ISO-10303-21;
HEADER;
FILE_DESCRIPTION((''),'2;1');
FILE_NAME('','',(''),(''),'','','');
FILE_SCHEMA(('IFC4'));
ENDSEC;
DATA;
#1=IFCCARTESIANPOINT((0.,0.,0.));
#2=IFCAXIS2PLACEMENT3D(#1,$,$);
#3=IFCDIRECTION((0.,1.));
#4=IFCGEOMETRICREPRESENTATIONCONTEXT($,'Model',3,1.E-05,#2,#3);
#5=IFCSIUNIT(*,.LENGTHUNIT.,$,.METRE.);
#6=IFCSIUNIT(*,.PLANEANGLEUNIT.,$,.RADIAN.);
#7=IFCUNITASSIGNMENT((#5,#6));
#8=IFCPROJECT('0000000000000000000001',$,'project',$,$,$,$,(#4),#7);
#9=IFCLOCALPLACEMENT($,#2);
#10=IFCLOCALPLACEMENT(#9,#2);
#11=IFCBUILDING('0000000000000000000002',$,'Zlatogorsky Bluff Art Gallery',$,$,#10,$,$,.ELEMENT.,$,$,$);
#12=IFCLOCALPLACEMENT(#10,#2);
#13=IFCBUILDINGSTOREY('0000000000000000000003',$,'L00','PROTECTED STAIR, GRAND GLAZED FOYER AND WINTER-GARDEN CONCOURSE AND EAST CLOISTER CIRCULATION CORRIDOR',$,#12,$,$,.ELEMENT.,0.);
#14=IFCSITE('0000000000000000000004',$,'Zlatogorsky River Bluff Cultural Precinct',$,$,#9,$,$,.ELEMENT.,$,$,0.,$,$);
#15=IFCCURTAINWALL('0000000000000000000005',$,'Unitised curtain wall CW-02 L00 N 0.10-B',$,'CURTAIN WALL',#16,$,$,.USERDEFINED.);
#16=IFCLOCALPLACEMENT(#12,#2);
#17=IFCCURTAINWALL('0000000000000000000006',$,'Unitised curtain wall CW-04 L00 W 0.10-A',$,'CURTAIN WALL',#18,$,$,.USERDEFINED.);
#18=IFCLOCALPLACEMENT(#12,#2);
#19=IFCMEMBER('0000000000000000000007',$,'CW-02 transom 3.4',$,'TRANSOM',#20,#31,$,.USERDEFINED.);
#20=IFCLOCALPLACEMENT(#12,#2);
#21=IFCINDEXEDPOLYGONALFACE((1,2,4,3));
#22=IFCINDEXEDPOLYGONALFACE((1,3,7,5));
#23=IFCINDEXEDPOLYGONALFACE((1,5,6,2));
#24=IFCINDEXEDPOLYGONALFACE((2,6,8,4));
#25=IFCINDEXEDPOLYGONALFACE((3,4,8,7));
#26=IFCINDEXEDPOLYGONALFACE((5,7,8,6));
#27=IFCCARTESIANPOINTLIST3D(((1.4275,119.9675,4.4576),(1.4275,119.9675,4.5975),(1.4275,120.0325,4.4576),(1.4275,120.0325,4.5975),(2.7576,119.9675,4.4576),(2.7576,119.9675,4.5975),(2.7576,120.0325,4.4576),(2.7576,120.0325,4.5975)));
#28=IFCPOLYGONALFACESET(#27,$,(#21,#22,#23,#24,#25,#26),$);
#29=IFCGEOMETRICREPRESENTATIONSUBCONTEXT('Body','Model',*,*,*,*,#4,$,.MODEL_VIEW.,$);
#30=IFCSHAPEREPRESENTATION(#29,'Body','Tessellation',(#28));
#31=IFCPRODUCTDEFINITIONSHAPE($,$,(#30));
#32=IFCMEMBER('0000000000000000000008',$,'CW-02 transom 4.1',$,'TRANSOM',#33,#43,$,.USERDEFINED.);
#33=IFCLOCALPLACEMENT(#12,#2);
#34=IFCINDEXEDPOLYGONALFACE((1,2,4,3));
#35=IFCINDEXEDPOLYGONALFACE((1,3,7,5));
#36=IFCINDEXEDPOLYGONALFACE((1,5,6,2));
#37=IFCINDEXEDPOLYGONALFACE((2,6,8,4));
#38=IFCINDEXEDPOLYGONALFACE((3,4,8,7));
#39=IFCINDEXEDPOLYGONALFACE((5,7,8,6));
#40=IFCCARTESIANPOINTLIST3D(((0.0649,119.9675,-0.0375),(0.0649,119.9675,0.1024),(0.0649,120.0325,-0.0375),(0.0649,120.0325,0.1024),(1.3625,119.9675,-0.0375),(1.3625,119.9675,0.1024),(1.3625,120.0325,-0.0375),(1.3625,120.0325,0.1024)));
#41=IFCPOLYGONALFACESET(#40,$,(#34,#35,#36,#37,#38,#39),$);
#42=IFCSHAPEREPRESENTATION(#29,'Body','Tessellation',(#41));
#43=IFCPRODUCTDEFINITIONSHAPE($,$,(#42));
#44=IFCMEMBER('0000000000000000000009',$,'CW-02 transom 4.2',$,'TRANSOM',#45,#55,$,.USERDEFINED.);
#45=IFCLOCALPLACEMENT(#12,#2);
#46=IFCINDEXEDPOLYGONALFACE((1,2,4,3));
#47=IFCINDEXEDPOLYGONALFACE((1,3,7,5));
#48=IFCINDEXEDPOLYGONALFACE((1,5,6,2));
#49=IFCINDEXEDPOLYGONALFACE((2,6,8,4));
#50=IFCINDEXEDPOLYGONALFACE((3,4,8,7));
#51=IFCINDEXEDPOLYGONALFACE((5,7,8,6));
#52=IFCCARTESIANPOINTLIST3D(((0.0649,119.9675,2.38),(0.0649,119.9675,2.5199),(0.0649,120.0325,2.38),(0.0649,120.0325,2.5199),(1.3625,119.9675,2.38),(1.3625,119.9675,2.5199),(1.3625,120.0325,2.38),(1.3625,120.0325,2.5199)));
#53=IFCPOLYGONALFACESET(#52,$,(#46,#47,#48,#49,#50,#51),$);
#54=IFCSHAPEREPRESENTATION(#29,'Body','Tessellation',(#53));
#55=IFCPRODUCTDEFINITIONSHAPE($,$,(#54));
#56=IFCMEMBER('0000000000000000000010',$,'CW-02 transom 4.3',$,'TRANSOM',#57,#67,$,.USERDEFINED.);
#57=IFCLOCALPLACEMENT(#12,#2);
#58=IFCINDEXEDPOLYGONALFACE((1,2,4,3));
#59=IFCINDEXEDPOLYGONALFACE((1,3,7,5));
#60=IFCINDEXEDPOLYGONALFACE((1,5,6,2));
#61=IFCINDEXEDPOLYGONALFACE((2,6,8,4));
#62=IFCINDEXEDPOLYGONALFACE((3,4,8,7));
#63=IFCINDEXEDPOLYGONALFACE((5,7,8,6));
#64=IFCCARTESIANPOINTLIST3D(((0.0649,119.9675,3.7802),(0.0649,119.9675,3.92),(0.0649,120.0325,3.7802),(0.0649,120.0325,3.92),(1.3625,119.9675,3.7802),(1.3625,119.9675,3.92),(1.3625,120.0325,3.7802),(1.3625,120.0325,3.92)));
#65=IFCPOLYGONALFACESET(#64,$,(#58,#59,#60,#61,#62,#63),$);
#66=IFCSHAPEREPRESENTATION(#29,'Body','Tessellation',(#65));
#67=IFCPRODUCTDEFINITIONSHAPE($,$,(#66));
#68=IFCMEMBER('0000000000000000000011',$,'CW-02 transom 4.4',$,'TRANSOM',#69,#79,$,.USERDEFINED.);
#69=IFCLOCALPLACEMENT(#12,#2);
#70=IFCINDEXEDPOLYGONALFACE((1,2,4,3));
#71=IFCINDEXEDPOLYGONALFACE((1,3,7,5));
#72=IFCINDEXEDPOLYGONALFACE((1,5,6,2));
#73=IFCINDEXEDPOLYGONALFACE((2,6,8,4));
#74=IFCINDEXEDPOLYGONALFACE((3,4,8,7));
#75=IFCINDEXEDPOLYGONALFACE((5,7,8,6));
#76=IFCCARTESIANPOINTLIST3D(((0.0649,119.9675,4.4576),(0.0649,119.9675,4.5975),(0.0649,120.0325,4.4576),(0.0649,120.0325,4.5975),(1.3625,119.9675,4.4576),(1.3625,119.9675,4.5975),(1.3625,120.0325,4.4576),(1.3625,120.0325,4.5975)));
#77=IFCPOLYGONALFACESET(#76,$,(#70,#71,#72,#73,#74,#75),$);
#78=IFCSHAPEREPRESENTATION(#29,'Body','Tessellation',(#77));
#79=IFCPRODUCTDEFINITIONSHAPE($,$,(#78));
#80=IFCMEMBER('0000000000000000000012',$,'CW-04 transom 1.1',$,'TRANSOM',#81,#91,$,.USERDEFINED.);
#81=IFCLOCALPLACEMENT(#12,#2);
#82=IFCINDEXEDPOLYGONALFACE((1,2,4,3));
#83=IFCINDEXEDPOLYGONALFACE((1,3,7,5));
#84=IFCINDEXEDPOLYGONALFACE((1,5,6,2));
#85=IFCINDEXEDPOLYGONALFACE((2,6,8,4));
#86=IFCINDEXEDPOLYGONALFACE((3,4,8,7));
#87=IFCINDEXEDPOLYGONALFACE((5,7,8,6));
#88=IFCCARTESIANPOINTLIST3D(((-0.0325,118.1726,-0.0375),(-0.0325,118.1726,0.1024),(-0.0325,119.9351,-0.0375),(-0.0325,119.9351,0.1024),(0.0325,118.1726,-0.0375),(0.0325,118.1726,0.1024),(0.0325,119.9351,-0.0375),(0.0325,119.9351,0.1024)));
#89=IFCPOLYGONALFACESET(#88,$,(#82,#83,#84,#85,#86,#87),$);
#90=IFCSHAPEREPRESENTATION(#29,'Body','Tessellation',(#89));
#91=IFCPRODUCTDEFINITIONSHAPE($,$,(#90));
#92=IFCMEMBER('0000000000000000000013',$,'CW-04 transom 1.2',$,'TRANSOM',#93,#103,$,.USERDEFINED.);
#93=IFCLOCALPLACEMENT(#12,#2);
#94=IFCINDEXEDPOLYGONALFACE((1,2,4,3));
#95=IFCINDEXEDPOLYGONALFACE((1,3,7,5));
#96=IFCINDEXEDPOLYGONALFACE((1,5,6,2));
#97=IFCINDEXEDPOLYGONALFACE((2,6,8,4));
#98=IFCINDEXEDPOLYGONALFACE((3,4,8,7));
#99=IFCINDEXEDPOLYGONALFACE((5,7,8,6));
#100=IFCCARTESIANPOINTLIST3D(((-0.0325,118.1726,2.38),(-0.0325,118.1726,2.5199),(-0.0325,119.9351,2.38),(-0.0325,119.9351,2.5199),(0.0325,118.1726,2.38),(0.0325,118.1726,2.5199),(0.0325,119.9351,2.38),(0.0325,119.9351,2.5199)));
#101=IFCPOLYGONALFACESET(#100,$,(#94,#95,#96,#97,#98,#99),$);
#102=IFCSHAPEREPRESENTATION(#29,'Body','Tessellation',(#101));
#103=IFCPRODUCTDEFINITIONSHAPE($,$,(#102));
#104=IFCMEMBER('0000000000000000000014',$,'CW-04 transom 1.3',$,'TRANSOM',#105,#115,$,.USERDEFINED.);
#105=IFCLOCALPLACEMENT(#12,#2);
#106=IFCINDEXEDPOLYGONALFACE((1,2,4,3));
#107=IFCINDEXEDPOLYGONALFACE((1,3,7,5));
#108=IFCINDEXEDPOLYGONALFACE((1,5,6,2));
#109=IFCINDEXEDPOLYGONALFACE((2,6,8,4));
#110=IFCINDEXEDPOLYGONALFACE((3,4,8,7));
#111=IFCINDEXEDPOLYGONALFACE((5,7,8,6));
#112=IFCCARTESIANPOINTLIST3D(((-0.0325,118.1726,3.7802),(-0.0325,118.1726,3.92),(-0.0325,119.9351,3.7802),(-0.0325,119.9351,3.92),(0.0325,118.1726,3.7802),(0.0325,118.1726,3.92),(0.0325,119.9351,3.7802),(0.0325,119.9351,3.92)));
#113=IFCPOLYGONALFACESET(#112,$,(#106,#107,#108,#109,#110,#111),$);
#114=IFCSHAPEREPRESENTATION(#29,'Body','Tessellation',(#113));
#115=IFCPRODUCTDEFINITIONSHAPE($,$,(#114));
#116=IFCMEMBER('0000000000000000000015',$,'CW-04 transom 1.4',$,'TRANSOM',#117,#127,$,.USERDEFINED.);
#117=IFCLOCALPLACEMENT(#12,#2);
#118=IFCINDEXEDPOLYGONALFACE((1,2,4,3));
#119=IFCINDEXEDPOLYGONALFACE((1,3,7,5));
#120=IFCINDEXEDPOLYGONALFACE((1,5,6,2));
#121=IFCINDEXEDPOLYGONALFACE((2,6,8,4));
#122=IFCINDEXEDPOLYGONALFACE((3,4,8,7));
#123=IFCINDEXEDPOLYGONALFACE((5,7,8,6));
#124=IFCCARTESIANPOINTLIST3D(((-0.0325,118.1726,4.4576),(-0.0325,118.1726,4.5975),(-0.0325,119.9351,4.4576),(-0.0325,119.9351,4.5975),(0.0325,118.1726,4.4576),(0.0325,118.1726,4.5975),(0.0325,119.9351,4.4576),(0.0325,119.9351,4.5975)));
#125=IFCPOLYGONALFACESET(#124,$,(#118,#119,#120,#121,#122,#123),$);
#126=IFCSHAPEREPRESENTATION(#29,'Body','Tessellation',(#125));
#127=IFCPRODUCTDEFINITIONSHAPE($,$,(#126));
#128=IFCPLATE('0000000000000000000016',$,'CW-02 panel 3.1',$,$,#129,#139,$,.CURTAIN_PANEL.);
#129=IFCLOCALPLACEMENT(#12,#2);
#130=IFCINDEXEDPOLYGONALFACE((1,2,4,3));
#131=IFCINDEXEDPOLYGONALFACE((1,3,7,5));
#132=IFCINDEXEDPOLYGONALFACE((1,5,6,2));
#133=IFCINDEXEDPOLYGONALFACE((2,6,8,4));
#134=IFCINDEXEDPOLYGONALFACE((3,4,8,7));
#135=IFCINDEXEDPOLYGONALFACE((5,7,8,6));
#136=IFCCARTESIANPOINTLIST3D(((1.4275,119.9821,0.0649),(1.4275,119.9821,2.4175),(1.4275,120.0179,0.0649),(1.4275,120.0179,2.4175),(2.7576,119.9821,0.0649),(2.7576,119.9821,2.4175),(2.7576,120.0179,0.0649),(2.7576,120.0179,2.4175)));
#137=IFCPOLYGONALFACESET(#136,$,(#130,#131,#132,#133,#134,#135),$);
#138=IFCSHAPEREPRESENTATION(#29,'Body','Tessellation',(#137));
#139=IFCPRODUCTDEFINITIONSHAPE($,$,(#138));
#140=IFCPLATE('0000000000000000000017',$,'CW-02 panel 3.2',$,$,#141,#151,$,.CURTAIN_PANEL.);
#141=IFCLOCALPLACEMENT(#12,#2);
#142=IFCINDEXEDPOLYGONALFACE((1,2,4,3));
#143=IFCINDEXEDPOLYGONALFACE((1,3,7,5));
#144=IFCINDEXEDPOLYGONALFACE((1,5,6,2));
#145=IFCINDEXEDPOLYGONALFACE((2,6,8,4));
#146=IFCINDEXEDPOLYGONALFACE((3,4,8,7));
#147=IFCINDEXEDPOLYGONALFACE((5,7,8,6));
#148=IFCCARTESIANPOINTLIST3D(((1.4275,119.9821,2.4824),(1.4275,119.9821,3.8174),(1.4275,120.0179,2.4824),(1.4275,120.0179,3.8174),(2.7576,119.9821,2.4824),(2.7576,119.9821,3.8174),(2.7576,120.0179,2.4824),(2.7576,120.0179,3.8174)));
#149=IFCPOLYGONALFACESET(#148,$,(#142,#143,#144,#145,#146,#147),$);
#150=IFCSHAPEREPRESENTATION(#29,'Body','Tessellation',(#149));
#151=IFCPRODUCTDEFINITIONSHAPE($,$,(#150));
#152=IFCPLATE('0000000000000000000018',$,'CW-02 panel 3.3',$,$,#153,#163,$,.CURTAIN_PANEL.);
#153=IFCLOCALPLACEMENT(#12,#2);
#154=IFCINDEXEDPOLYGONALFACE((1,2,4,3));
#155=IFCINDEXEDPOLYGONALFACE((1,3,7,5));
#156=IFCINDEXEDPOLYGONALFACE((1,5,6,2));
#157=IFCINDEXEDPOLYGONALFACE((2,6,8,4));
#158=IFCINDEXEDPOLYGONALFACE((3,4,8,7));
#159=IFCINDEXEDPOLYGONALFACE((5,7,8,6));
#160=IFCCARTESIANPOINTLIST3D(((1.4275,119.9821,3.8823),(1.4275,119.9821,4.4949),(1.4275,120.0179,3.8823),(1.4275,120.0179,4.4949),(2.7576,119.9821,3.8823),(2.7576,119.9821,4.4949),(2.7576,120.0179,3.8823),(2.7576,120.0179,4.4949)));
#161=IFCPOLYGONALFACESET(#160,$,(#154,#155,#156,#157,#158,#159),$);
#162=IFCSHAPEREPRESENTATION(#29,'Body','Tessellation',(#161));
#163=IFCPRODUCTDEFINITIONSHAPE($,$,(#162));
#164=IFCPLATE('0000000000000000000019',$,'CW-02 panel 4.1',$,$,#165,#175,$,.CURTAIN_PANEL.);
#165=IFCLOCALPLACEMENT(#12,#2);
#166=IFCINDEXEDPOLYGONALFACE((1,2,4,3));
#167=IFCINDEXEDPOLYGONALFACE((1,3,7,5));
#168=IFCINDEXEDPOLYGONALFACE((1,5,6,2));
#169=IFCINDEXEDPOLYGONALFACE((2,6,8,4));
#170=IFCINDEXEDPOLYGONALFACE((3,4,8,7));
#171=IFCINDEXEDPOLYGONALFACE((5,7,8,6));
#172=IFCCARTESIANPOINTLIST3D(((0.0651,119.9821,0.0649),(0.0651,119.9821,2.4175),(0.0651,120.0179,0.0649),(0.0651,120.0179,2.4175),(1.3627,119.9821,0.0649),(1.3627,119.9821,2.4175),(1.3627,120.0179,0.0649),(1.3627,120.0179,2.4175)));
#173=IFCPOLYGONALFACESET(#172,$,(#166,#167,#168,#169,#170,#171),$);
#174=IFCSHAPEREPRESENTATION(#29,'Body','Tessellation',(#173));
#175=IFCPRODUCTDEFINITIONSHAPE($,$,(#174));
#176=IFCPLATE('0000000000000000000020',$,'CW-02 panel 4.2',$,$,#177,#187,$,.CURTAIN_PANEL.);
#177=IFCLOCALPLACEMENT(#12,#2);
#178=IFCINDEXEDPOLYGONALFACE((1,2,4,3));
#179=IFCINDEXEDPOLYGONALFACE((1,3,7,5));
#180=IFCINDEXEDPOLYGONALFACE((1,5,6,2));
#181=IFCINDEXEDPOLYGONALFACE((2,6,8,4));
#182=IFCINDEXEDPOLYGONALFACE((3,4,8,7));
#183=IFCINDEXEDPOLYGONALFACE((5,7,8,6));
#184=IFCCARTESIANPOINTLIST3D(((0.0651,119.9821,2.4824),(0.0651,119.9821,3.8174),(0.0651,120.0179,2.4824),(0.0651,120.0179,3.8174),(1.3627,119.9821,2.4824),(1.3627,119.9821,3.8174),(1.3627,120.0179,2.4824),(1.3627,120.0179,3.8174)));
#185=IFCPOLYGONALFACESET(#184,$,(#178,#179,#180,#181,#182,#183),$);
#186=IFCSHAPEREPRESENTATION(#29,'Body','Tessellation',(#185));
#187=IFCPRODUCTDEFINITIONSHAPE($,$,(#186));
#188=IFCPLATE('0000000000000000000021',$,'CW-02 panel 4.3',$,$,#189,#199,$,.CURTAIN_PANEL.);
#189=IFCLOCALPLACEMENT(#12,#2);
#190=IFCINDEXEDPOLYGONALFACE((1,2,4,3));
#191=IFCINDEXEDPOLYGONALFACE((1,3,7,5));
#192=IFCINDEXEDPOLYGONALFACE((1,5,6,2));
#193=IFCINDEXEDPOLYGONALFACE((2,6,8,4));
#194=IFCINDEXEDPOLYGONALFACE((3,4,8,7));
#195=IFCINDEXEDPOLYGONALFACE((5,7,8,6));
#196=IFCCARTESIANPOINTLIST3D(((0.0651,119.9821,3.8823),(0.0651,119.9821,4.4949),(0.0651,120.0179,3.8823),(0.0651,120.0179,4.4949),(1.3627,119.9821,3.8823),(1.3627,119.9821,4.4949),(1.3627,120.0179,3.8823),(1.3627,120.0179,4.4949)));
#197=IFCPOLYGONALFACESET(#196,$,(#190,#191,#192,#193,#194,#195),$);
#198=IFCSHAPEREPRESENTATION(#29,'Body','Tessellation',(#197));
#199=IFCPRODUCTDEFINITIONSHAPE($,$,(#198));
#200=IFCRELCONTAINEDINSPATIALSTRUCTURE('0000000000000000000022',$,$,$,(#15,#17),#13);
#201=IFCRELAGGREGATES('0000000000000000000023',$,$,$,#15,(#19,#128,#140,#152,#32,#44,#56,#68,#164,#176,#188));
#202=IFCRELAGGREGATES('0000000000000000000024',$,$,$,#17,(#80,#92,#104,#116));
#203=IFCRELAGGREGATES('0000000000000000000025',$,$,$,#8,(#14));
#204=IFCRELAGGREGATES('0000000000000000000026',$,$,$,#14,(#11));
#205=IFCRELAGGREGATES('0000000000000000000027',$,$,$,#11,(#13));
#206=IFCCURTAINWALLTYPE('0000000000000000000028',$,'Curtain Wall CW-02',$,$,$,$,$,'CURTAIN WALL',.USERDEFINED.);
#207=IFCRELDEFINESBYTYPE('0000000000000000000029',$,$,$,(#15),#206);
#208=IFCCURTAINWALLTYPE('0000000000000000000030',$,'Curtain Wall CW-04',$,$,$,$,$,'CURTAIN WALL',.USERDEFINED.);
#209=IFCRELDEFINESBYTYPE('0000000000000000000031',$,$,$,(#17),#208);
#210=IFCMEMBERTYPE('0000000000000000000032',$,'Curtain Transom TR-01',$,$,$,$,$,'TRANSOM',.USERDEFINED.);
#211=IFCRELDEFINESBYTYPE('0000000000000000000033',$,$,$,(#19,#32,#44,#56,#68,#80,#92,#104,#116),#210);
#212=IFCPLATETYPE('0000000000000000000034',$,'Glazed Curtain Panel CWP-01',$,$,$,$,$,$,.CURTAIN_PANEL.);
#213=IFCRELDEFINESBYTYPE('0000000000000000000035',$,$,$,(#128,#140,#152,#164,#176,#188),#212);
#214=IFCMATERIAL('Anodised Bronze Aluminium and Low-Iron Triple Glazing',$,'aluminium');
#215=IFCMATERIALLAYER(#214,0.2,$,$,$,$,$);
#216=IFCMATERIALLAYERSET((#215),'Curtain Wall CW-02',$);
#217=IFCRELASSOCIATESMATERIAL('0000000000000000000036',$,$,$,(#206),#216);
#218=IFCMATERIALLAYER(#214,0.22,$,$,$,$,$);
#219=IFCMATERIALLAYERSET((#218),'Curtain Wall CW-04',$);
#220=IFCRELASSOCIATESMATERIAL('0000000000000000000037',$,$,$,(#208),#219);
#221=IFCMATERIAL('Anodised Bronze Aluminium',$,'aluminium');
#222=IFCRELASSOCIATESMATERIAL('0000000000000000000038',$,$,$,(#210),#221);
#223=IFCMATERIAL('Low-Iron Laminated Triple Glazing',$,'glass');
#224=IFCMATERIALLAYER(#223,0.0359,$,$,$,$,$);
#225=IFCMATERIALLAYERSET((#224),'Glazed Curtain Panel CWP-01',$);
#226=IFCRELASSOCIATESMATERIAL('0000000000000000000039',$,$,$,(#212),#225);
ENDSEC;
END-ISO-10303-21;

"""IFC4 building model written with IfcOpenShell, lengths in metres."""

from ifc_helpers import new_model, si_unit, direction, frame, origin, origin_2d, place, context, subcontext, project, spatial, rectangle, extrude, material, layer, layer_set, material_profile, profile_set, type_object, element, aggregate, save


model = new_model("IFC4")

# Units and contexts
model_context = context("Model", 3, precision=1e-05, world=origin(), true_north=direction((0.0, 1.0)))
body_context = subcontext(model_context, "Body", "Model", "MODEL_VIEW")
ifc_project = project(units=[si_unit("LENGTHUNIT", "METRE"), si_unit("PLANEANGLEUNIT", "RADIAN")], contexts=[model_context])

# Site, building, storey
site_placement = place(None, origin())
site = spatial("IfcSite", under=ifc_project, at=site_placement, Name="Zlatogorsky River Bluff Cultural Precinct", CompositionType="ELEMENT", RefElevation=0.0)
building_placement = place(site_placement, origin())
building = spatial("IfcBuilding", under=site, at=building_placement, Name="Zlatogorsky Bluff Art Gallery", CompositionType="ELEMENT")
storey_placement = place(building_placement, origin())
storey = spatial("IfcBuildingStorey", under=building, at=storey_placement, Name="L00", Description="PROTECTED STAIR, GRAND GLAZED FOYER AND WINTER-GARDEN CONCOURSE AND EAST CLOISTER CIRCULATION CORRIDOR", CompositionType="ELEMENT", Elevation=0.0)

# Curtain wall
ifc_material_1 = material(Name="Anodised Bronze Aluminium and Low-Iron Triple Glazing", Category="aluminium")
ifc_layer_1 = layer(ifc_material_1, 0.2)
ifc_layer_set_1 = layer_set([ifc_layer_1], Name="Curtain Wall CW-02")
curtain_wall_type_1 = type_object("IfcCurtainWallType", Name="Curtain Wall CW-02", ElementType="CURTAIN WALL", PredefinedType="USERDEFINED", material=ifc_layer_set_1)
curtain_wall_1_placement = place(storey_placement, origin())
curtain_wall_1 = element("IfcCurtainWall", 1, at=curtain_wall_1_placement, inside=storey, type_object=curtain_wall_type_1, Name="Unitised curtain wall CW-02 L00 N 0.10-B", ObjectType="CURTAIN WALL", PredefinedType="USERDEFINED")
ifc_material_2 = material(Name="Anodised Bronze Aluminium", Category="aluminium")

# Curtain wall
ifc_layer_2 = layer(ifc_material_1, 0.22)
ifc_layer_set_2 = layer_set([ifc_layer_2], Name="Curtain Wall CW-04")
curtain_wall_type_2 = type_object("IfcCurtainWallType", Name="Curtain Wall CW-04", ElementType="CURTAIN WALL", PredefinedType="USERDEFINED", material=ifc_layer_set_2)
curtain_wall_2_placement = place(storey_placement, origin())
curtain_wall_2 = element("IfcCurtainWall", 2, at=curtain_wall_2_placement, inside=storey, type_object=curtain_wall_type_2, Name="Unitised curtain wall CW-04 L00 W 0.10-A", ObjectType="CURTAIN WALL", PredefinedType="USERDEFINED")

# Members
ifc_material_profile_1 = material_profile(ifc_material_2, rectangle(XDim=0.0649, YDim=0.1399, at=origin_2d()), Name="ALU TRANSOM 65x140")
ifc_profile_set_1 = profile_set([ifc_material_profile_1], Name="Anodised Bronze Aluminium")
member_type_1 = type_object("IfcMemberType", Name="Curtain Transom TR-01", ElementType="TRANSOM", PredefinedType="USERDEFINED", material=ifc_profile_set_1)
member_1_placement = place(storey_placement, frame((2.7576, 120.0, 4.5276), z_axis=(-1.0, 0.0, 0.0), x_axis=(0.0, -1.0, 0.0)))
member_1 = element("IfcMember", 3, at=member_1_placement, type_object=member_type_1, Name="CW-02 transom 3.4", ObjectType="TRANSOM", PredefinedType="USERDEFINED", context=body_context, shape_type="SweptSolid", body=[
    extrude(rectangle(XDim=0.0649, YDim=0.1399, at=origin_2d()), origin(), (0.0, 0.0, 1.0), 1.3301),
])
member_2_placement = place(storey_placement, frame((1.3625, 120.0, 0.0325), z_axis=(-1.0, 0.0, 0.0), x_axis=(0.0, -1.0, 0.0)))
member_2 = element("IfcMember", 4, at=member_2_placement, type_object=member_type_1, Name="CW-02 transom 4.1", ObjectType="TRANSOM", PredefinedType="USERDEFINED", context=body_context, shape_type="SweptSolid", body=[
    extrude(rectangle(XDim=0.0649, YDim=0.1399, at=origin_2d()), origin(), (0.0, 0.0, 1.0), 1.2976),
])
member_3_placement = place(storey_placement, frame((1.3625, 120.0, 2.45), z_axis=(-1.0, 0.0, 0.0), x_axis=(0.0, -1.0, 0.0)))
member_3 = element("IfcMember", 5, at=member_3_placement, type_object=member_type_1, Name="CW-02 transom 4.2", ObjectType="TRANSOM", PredefinedType="USERDEFINED", context=body_context, shape_type="SweptSolid", body=[
    extrude(rectangle(XDim=0.0649, YDim=0.1399, at=origin_2d()), origin(), (0.0, 0.0, 1.0), 1.2976),
])
member_4_placement = place(storey_placement, frame((1.3625, 120.0, 3.8501), z_axis=(-1.0, 0.0, 0.0), x_axis=(0.0, -1.0, 0.0)))
member_4 = element("IfcMember", 6, at=member_4_placement, type_object=member_type_1, Name="CW-02 transom 4.3", ObjectType="TRANSOM", PredefinedType="USERDEFINED", context=body_context, shape_type="SweptSolid", body=[
    extrude(rectangle(XDim=0.0649, YDim=0.1399, at=origin_2d()), origin(), (0.0, 0.0, 1.0), 1.2976),
])
member_5_placement = place(storey_placement, frame((1.3625, 120.0, 4.5276), z_axis=(-1.0, 0.0, 0.0), x_axis=(0.0, -1.0, 0.0)))
member_5 = element("IfcMember", 7, at=member_5_placement, type_object=member_type_1, Name="CW-02 transom 4.4", ObjectType="TRANSOM", PredefinedType="USERDEFINED", context=body_context, shape_type="SweptSolid", body=[
    extrude(rectangle(XDim=0.0649, YDim=0.1399, at=origin_2d()), origin(), (0.0, 0.0, 1.0), 1.2976),
])
member_6_placement = place(storey_placement, frame((0.0, 119.9351, 0.0325), z_axis=(0.0, -1.0, 0.0), x_axis=(1.0, 0.0, 0.0)))
member_6 = element("IfcMember", 8, at=member_6_placement, type_object=member_type_1, Name="CW-04 transom 1.1", ObjectType="TRANSOM", PredefinedType="USERDEFINED", context=body_context, shape_type="SweptSolid", body=[
    extrude(rectangle(XDim=0.0649, YDim=0.1399, at=origin_2d()), origin(), (0.0, 0.0, 1.0), 1.7625),
])
member_7_placement = place(storey_placement, frame((0.0, 119.9351, 2.45), z_axis=(0.0, -1.0, 0.0), x_axis=(1.0, 0.0, 0.0)))
member_7 = element("IfcMember", 9, at=member_7_placement, type_object=member_type_1, Name="CW-04 transom 1.2", ObjectType="TRANSOM", PredefinedType="USERDEFINED", context=body_context, shape_type="SweptSolid", body=[
    extrude(rectangle(XDim=0.0649, YDim=0.1399, at=origin_2d()), origin(), (0.0, 0.0, 1.0), 1.7625),
])
member_8_placement = place(storey_placement, frame((0.0, 119.9351, 3.8501), z_axis=(0.0, -1.0, 0.0), x_axis=(1.0, 0.0, 0.0)))
member_8 = element("IfcMember", 10, at=member_8_placement, type_object=member_type_1, Name="CW-04 transom 1.3", ObjectType="TRANSOM", PredefinedType="USERDEFINED", context=body_context, shape_type="SweptSolid", body=[
    extrude(rectangle(XDim=0.0649, YDim=0.1399, at=origin_2d()), origin(), (0.0, 0.0, 1.0), 1.7625),
])
member_9_placement = place(storey_placement, frame((0.0, 119.9351, 4.5276), z_axis=(0.0, -1.0, 0.0), x_axis=(1.0, 0.0, 0.0)))
member_9 = element("IfcMember", 11, at=member_9_placement, type_object=member_type_1, Name="CW-04 transom 1.4", ObjectType="TRANSOM", PredefinedType="USERDEFINED", context=body_context, shape_type="SweptSolid", body=[
    extrude(rectangle(XDim=0.0649, YDim=0.1399, at=origin_2d()), origin(), (0.0, 0.0, 1.0), 1.7625),
])

# Plates
ifc_material_3 = material(Name="Low-Iron Laminated Triple Glazing", Category="glass")
ifc_layer_3 = layer(ifc_material_3, 0.0359)
ifc_layer_set_3 = layer_set([ifc_layer_3], Name="Glazed Curtain Panel CWP-01")
plate_type = type_object("IfcPlateType", Name="Glazed Curtain Panel CWP-01", PredefinedType="CURTAIN_PANEL", material=ifc_layer_set_3)
plate_1_placement = place(storey_placement, frame((2.0925, 120.0, 0.0649), z_axis=(0.0, 0.0, 1.0), x_axis=(-1.0, 0.0, 0.0)))
plate_1 = element("IfcPlate", 12, at=plate_1_placement, type_object=plate_type, Name="CW-02 panel 3.1", PredefinedType="CURTAIN_PANEL", context=body_context, shape_type="SweptSolid", body=[
    extrude(rectangle(XDim=1.3301, YDim=0.0359, at=origin_2d()), origin(), (0.0, 0.0, 1.0), 2.3525),
])
plate_2_placement = place(storey_placement, frame((2.0925, 120.0, 2.4824), z_axis=(0.0, 0.0, 1.0), x_axis=(-1.0, 0.0, 0.0)))
plate_2 = element("IfcPlate", 13, at=plate_2_placement, type_object=plate_type, Name="CW-02 panel 3.2", PredefinedType="CURTAIN_PANEL", context=body_context, shape_type="SweptSolid", body=[
    extrude(rectangle(XDim=1.3301, YDim=0.0359, at=origin_2d()), origin(), (0.0, 0.0, 1.0), 1.335),
])
plate_3_placement = place(storey_placement, frame((2.0925, 120.0, 3.8823), z_axis=(0.0, 0.0, 1.0), x_axis=(-1.0, 0.0, 0.0)))
plate_3 = element("IfcPlate", 14, at=plate_3_placement, type_object=plate_type, Name="CW-02 panel 3.3", PredefinedType="CURTAIN_PANEL", context=body_context, shape_type="SweptSolid", body=[
    extrude(rectangle(XDim=1.3301, YDim=0.0359, at=origin_2d()), origin(), (0.0, 0.0, 1.0), 0.6125),
])
plate_4_placement = place(storey_placement, frame((0.7139, 120.0, 0.0649), z_axis=(0.0, 0.0, 1.0), x_axis=(-1.0, 0.0, 0.0)))
plate_4 = element("IfcPlate", 15, at=plate_4_placement, type_object=plate_type, Name="CW-02 panel 4.1", PredefinedType="CURTAIN_PANEL", context=body_context, shape_type="SweptSolid", body=[
    extrude(rectangle(XDim=1.2976, YDim=0.0359, at=origin_2d()), origin(), (0.0, 0.0, 1.0), 2.3525),
])
plate_5_placement = place(storey_placement, frame((0.7139, 120.0, 2.4824), z_axis=(0.0, 0.0, 1.0), x_axis=(-1.0, 0.0, 0.0)))
plate_5 = element("IfcPlate", 16, at=plate_5_placement, type_object=plate_type, Name="CW-02 panel 4.2", PredefinedType="CURTAIN_PANEL", context=body_context, shape_type="SweptSolid", body=[
    extrude(rectangle(XDim=1.2976, YDim=0.0359, at=origin_2d()), origin(), (0.0, 0.0, 1.0), 1.335),
])
plate_6_placement = place(storey_placement, frame((0.7139, 120.0, 3.8823), z_axis=(0.0, 0.0, 1.0), x_axis=(-1.0, 0.0, 0.0)))
plate_6 = element("IfcPlate", 17, at=plate_6_placement, type_object=plate_type, Name="CW-02 panel 4.3", PredefinedType="CURTAIN_PANEL", context=body_context, shape_type="SweptSolid", body=[
    extrude(rectangle(XDim=1.2976, YDim=0.0359, at=origin_2d()), origin(), (0.0, 0.0, 1.0), 0.6125),
])
aggregate(curtain_wall_1, [member_1, plate_1, plate_2, plate_3, member_2, member_3, member_4, member_5, plate_4, plate_5, plate_6])
aggregate(curtain_wall_2, [member_6, member_7, member_8, member_9])

save(model, "model.ifc")
